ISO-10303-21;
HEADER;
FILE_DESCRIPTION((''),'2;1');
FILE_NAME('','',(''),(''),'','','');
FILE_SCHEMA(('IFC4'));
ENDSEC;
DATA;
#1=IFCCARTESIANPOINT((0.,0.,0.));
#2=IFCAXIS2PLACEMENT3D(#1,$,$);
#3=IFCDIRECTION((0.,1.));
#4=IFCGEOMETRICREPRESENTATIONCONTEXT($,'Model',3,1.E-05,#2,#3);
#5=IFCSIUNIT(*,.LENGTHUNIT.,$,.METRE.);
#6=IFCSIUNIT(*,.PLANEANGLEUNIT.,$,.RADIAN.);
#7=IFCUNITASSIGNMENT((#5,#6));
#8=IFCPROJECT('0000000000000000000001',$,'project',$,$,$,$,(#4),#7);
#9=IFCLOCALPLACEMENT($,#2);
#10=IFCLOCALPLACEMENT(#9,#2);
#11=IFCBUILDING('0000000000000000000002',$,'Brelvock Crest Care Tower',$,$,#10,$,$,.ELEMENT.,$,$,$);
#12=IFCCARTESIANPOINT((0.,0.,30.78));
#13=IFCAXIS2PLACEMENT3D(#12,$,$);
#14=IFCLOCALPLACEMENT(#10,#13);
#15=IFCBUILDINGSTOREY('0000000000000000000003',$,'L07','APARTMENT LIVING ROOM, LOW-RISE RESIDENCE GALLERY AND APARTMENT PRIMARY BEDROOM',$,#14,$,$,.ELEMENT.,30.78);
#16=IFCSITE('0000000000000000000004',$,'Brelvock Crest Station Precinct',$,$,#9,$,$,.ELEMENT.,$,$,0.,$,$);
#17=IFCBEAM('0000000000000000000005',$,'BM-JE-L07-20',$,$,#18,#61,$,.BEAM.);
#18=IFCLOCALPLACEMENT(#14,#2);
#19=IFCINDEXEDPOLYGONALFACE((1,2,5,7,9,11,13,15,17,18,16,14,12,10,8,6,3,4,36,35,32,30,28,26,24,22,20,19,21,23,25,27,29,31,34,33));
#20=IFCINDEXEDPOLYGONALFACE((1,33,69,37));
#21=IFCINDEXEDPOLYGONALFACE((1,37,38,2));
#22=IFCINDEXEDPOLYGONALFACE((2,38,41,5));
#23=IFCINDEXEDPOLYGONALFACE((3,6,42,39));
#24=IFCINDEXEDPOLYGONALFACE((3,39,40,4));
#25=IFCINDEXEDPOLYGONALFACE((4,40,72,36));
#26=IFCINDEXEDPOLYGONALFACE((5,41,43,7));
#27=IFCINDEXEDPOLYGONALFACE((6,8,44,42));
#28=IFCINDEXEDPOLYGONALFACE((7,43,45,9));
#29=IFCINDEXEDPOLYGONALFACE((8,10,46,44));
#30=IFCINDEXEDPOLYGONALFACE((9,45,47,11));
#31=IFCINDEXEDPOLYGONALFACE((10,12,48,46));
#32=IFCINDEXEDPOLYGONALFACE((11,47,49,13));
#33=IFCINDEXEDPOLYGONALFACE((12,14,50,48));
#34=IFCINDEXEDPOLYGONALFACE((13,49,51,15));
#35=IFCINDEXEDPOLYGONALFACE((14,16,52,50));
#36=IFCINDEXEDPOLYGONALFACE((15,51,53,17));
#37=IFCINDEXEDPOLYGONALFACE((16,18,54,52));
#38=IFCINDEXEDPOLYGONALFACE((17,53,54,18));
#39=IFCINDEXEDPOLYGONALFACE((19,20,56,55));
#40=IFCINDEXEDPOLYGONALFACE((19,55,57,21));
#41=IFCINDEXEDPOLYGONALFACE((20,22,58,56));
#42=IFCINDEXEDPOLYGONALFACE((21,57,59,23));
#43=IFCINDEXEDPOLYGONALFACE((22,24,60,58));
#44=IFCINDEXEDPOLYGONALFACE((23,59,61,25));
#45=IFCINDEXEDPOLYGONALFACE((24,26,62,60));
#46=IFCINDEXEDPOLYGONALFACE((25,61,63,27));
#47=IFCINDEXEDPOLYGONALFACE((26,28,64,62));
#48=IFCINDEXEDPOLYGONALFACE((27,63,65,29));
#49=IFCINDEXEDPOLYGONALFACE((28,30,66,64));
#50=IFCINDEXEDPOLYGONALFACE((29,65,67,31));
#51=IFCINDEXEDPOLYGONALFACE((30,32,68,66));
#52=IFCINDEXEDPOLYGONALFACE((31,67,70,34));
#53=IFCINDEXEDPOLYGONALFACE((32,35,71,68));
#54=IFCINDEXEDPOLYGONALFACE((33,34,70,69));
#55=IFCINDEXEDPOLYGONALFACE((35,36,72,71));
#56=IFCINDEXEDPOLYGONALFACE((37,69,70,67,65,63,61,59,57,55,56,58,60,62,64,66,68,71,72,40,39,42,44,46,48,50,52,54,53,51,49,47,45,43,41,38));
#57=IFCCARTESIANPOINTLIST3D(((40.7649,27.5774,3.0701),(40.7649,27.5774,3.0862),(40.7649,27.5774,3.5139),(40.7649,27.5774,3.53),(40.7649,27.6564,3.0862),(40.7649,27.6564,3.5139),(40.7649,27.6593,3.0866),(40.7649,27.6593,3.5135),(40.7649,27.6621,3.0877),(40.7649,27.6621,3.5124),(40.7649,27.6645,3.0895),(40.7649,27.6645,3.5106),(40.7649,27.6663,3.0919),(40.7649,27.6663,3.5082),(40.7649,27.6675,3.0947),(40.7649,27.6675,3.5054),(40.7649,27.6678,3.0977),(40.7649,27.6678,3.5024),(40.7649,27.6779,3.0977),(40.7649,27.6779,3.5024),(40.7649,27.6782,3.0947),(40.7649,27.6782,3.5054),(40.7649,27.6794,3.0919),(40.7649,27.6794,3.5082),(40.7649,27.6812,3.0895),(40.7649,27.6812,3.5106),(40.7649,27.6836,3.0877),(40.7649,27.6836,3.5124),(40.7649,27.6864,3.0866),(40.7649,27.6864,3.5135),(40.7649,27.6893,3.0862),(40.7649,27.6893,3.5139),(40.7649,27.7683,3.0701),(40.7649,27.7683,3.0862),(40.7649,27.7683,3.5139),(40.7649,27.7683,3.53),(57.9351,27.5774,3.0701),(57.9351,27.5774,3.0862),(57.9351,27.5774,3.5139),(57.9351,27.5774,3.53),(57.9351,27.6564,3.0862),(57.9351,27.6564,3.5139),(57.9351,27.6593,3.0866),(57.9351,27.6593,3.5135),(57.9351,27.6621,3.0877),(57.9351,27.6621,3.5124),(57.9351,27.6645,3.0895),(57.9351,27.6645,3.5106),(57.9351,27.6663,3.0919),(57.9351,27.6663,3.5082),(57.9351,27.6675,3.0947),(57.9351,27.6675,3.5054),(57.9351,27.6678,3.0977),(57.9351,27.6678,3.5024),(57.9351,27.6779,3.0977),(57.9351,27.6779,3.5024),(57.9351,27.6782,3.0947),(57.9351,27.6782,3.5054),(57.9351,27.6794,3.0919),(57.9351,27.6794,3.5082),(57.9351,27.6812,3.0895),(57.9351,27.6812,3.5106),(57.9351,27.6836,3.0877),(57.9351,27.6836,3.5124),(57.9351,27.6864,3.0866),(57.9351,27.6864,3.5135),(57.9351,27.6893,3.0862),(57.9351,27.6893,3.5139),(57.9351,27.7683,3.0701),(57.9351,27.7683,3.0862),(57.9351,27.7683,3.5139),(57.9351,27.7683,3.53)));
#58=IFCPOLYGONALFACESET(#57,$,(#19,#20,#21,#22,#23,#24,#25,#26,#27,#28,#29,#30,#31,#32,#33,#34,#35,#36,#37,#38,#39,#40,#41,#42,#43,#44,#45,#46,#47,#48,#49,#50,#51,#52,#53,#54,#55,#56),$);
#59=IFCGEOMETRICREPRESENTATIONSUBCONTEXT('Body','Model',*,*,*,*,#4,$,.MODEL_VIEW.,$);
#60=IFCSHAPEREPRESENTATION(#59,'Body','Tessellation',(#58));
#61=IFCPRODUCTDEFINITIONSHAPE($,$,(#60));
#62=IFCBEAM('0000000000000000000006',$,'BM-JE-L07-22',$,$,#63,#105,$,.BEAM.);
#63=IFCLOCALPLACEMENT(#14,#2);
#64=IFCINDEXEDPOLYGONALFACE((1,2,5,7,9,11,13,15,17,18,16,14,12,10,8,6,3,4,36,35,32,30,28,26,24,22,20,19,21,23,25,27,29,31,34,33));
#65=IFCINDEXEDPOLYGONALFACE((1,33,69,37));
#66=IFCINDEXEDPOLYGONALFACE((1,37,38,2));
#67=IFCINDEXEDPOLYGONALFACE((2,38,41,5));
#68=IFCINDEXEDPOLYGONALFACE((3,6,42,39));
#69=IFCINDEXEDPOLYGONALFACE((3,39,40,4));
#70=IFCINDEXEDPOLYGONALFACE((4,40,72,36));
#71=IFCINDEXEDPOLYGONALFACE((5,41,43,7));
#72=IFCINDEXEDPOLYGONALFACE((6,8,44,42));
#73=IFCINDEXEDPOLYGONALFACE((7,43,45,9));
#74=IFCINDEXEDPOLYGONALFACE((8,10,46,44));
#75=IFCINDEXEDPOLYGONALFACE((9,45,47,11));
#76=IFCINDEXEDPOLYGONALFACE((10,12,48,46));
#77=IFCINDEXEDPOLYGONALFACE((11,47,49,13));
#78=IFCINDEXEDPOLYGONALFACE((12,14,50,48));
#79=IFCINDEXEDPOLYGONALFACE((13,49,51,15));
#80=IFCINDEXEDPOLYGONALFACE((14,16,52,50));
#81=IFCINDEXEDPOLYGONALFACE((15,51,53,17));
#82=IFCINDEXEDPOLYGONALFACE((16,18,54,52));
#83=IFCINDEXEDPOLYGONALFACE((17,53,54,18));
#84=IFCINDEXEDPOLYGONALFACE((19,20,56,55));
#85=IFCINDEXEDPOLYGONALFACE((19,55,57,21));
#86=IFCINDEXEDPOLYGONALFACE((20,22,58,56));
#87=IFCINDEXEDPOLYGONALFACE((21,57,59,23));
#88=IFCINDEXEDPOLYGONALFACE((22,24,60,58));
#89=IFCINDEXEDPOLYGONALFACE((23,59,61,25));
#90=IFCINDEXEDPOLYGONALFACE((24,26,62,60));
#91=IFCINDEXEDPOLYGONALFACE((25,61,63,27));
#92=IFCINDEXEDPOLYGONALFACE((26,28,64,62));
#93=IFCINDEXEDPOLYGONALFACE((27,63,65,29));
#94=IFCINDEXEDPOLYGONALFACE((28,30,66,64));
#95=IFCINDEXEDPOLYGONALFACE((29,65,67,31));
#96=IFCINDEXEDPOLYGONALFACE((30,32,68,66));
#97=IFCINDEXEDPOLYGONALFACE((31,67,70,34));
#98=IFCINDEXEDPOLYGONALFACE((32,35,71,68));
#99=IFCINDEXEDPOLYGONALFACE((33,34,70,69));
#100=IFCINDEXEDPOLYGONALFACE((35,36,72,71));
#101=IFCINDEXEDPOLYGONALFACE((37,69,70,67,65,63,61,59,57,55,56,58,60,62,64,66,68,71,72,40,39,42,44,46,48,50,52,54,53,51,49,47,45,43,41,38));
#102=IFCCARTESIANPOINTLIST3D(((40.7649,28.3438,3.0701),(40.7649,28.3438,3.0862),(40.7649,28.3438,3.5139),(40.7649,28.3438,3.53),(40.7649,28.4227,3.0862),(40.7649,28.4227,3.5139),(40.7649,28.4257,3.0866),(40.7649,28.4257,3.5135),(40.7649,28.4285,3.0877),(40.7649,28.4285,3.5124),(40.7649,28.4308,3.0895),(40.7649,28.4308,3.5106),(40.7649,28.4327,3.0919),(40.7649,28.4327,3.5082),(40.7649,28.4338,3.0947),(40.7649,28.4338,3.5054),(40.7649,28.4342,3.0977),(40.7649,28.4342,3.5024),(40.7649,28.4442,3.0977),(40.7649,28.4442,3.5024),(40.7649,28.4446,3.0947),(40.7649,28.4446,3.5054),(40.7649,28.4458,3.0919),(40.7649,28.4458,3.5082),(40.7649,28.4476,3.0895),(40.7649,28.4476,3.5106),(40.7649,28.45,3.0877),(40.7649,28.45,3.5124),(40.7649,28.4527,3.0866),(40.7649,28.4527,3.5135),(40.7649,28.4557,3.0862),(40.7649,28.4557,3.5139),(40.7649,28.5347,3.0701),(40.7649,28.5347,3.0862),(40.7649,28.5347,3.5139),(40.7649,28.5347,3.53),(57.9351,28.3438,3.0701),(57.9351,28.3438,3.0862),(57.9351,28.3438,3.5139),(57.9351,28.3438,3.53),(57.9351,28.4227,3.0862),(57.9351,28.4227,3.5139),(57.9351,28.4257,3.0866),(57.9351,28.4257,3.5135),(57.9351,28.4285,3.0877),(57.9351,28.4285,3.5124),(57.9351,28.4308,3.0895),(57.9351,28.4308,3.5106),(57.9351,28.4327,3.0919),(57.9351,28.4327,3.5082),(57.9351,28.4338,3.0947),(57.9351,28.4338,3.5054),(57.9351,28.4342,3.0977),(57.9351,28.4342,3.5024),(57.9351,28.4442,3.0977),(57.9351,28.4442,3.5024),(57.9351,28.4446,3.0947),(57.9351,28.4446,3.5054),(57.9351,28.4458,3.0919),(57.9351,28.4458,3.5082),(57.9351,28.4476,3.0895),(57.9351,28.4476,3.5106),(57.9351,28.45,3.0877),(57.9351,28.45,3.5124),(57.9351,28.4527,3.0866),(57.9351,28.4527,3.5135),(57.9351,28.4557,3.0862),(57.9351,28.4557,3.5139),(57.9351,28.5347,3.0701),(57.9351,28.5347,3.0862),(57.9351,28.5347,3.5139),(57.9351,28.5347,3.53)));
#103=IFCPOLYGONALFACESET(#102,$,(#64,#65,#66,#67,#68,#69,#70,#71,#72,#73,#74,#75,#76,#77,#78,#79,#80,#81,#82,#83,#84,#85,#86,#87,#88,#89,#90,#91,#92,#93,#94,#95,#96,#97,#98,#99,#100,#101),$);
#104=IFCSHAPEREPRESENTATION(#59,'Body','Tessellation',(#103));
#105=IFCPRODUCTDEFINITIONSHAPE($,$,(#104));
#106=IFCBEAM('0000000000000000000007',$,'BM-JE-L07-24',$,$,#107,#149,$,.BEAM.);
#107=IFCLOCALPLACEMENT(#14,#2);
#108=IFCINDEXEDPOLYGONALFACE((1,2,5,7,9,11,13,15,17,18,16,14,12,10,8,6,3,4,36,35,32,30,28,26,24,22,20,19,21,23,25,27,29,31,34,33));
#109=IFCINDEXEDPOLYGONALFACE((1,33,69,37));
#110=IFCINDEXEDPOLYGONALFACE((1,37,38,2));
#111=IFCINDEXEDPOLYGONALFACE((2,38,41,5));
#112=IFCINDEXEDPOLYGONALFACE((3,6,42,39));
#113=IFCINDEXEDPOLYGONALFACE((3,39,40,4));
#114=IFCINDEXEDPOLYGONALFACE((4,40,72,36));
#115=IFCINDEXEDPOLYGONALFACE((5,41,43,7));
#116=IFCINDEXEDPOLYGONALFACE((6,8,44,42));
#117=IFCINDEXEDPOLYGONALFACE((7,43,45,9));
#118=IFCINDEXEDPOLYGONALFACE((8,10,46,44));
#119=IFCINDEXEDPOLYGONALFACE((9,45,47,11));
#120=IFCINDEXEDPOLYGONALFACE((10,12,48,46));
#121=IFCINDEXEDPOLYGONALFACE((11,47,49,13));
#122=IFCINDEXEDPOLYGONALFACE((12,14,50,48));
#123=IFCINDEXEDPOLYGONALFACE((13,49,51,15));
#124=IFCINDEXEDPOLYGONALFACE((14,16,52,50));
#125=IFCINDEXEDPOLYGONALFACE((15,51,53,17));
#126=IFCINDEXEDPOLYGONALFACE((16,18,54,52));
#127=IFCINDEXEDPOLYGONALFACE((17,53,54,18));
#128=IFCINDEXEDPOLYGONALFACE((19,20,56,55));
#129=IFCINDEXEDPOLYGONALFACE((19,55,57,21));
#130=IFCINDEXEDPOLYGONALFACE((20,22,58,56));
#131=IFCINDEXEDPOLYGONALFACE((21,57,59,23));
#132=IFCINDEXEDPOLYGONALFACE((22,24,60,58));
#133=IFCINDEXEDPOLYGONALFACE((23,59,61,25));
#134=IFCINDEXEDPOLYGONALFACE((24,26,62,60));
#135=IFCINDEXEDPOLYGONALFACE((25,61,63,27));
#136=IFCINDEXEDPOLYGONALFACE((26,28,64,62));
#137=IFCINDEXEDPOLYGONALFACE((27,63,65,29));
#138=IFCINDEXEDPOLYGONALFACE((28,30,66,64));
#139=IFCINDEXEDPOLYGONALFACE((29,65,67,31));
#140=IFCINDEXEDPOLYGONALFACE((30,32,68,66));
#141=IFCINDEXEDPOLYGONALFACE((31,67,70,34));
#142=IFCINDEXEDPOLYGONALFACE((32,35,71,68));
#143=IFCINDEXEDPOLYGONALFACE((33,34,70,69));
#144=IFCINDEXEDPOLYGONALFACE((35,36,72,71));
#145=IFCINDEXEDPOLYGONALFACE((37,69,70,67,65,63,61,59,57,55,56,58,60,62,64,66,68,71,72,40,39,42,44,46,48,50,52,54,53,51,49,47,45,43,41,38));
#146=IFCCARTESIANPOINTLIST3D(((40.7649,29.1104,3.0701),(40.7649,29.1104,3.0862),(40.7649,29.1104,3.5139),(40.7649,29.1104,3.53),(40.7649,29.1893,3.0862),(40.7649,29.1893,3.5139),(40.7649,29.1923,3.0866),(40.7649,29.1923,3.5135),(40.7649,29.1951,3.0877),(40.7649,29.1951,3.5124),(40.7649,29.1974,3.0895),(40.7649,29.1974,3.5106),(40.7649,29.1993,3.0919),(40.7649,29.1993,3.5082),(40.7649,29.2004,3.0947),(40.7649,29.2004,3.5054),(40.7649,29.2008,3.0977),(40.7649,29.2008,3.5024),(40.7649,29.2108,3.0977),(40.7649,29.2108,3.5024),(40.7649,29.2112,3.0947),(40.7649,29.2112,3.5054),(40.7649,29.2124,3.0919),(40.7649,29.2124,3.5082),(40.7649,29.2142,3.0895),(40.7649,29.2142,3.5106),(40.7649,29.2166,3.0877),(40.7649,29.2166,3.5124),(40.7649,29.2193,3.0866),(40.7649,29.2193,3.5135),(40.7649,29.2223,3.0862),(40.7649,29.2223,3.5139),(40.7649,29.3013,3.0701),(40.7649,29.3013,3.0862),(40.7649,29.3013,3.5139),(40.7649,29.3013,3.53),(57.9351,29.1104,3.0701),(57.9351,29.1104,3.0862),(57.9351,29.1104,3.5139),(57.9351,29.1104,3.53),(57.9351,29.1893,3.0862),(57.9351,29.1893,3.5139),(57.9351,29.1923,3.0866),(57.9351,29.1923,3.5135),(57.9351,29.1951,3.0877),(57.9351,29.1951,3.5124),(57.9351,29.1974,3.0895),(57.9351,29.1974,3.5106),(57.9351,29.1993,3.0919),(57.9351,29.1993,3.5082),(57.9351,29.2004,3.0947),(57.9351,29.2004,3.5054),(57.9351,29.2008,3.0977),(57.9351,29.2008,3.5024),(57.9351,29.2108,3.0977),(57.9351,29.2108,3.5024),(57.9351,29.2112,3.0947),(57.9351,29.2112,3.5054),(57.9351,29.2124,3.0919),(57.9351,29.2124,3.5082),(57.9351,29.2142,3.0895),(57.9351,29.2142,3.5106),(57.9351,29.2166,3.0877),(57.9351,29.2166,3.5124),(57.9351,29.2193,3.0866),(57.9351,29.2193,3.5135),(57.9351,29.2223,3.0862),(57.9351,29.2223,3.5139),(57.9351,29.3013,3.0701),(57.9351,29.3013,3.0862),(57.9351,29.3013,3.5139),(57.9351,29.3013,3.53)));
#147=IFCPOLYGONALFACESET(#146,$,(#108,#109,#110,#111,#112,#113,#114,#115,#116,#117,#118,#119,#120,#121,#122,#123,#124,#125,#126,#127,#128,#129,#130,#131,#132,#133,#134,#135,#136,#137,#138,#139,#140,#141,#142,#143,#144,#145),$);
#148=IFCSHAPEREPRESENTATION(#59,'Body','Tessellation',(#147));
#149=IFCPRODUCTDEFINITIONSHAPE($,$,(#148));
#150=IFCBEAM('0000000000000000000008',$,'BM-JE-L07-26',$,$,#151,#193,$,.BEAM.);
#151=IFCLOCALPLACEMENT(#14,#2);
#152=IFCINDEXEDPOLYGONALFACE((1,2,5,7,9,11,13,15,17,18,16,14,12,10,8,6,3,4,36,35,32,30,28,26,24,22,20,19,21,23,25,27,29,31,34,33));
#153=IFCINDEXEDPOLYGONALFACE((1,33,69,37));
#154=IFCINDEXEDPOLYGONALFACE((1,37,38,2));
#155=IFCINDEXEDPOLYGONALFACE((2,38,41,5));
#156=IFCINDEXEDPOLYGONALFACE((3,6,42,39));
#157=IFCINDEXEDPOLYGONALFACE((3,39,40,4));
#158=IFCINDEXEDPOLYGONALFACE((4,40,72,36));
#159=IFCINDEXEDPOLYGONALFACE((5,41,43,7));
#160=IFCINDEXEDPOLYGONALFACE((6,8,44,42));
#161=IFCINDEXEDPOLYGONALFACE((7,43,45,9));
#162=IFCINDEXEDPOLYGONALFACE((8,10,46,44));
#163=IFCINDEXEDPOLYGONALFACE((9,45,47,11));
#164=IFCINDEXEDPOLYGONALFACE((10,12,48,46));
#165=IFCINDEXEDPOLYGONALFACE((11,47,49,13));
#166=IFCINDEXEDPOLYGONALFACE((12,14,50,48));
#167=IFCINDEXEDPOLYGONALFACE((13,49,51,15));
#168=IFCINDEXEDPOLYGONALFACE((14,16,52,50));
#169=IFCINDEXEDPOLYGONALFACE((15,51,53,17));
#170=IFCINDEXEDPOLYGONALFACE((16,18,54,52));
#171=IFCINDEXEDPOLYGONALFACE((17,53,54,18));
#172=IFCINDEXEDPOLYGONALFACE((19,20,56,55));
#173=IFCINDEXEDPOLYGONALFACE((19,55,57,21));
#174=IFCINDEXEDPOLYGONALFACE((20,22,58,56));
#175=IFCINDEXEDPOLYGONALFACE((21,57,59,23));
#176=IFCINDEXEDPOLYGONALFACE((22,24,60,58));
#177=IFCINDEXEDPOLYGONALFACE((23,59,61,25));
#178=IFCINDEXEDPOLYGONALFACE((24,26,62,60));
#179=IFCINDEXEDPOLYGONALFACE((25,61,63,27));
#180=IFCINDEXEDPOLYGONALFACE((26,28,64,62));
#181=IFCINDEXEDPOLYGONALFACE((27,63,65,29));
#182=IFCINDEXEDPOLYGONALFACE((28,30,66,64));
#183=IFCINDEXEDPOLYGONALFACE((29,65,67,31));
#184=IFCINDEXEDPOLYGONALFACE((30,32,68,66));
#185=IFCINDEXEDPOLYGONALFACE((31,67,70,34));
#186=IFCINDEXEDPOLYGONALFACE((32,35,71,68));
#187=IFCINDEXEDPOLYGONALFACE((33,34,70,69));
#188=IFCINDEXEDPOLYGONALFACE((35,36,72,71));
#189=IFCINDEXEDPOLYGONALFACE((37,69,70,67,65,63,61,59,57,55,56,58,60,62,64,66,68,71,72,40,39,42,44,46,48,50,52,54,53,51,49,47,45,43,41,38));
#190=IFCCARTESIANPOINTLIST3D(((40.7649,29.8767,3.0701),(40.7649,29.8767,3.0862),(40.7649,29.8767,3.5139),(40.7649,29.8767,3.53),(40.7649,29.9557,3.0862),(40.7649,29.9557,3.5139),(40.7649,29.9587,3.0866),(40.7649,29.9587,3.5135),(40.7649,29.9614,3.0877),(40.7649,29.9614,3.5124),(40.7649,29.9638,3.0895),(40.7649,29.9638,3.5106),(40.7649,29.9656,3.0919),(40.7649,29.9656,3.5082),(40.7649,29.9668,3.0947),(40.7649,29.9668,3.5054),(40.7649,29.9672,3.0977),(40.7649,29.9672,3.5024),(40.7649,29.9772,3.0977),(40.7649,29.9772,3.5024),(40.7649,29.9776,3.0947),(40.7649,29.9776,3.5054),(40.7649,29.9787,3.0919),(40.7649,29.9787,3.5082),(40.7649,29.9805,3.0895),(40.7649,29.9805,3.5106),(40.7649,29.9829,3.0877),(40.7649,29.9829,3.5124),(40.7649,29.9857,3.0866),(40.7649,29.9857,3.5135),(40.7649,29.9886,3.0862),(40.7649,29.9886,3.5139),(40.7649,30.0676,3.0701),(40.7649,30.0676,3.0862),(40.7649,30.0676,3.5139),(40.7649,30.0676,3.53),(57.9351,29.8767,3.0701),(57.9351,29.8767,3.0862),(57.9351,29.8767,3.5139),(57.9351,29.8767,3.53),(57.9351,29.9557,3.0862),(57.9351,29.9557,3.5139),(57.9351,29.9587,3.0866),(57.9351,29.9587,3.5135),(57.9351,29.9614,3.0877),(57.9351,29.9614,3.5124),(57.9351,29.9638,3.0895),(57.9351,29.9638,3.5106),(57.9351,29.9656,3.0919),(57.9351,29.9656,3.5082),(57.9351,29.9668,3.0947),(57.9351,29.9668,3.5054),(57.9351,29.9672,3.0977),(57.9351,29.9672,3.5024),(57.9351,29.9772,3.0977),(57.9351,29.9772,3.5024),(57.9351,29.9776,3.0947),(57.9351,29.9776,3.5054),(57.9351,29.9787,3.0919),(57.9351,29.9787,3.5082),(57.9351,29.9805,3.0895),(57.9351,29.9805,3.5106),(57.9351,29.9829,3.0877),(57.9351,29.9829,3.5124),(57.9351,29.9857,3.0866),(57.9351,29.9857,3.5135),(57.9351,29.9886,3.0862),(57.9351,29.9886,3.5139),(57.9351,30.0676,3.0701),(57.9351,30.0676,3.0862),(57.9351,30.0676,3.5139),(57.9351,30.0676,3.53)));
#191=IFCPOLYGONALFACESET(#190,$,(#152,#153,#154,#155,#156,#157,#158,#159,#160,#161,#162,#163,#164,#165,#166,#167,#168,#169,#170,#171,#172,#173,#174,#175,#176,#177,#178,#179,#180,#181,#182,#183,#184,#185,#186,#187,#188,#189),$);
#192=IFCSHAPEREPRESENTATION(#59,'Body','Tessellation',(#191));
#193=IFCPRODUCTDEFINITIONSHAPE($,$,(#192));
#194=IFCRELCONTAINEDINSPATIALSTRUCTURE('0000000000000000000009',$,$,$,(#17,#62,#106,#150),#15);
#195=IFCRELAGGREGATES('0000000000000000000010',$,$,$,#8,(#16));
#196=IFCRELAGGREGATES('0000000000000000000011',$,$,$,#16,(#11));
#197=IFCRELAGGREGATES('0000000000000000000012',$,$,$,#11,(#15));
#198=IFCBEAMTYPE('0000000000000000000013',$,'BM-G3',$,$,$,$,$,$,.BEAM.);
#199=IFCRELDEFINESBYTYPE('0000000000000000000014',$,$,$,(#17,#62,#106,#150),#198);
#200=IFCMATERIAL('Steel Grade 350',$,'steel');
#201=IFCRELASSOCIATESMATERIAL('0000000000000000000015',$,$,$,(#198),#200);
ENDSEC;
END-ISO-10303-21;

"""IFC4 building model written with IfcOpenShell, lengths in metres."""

from ifc_helpers import new_model, si_unit, direction, frame, origin, origin_2d, place, context, subcontext, project, spatial, i_section, extrude, source, transform, mapped, material, material_profile, profile_set, type_object, element, save


model = new_model("IFC4")

# Units and contexts
model_context = context("Model", 3, precision=1e-05, world=origin(), true_north=direction((0.0, 1.0)))
body_context = subcontext(model_context, "Body", "Model", "MODEL_VIEW")
ifc_project = project(units=[si_unit("LENGTHUNIT", "METRE"), si_unit("PLANEANGLEUNIT", "RADIAN")], contexts=[model_context])

# Site, building, storey
site_placement = place(None, origin())
site = spatial("IfcSite", under=ifc_project, at=site_placement, Name="Brelvock Crest Station Precinct", CompositionType="ELEMENT", RefElevation=0.0)
building_placement = place(site_placement, origin())
building = spatial("IfcBuilding", under=site, at=building_placement, Name="Brelvock Crest Care Tower", CompositionType="ELEMENT")
storey_placement = place(building_placement, frame((0.0, 0.0, 30.78)))
storey = spatial("IfcBuildingStorey", under=building, at=storey_placement, Name="L07", Description="APARTMENT LIVING ROOM, LOW-RISE RESIDENCE GALLERY AND APARTMENT PRIMARY BEDROOM", CompositionType="ELEMENT", Elevation=30.78)

# Beams
ifc_material_1 = material(Name="Steel Grade 350", Category="steel")
ifc_material_profile_1 = material_profile(ifc_material_1, i_section(OverallWidth=0.1909, OverallDepth=0.46, WebThickness=0.01, FlangeThickness=0.0161, FilletRadius=0.0115, at=origin_2d()), Name="460UB82.1")
ifc_profile_set_1 = profile_set([ifc_material_profile_1], Name="Steel Grade 350")
beam_type_1 = type_object("IfcBeamType", Name="BM-G3", PredefinedType="BEAM", material=ifc_profile_set_1)
shared_shape_1 = source(origin(), body_context, "Body", "SweptSolid", [
    extrude(i_section(OverallWidth=0.1909, OverallDepth=0.46, WebThickness=0.01, FlangeThickness=0.0161, FilletRadius=0.0115, at=origin_2d()), origin(), (0.0, 0.0, 1.0), 17.1702),
])
for number, where, z_axis, x_axis, name in (
    (1, (40.7649, 27.6729, 3.3), (1.0, 0.0, 0.0), (0.0, 1.0, 0.0), "BM-JE-L07-20"),
    (2, (40.7649, 28.4392, 3.3), (1.0, 0.0, 0.0), (0.0, 1.0, 0.0), "BM-JE-L07-22"),
    (3, (40.7649, 29.2058, 3.3), (1.0, 0.0, 0.0), (0.0, 1.0, 0.0), "BM-JE-L07-24"),
    (4, (40.7649, 29.9722, 3.3), (1.0, 0.0, 0.0), (0.0, 1.0, 0.0), "BM-JE-L07-26"),
):
    element("IfcBeam", number, at=place(storey_placement, frame(where, z_axis=z_axis, x_axis=x_axis)), inside=storey, type_object=beam_type_1, Name=name, PredefinedType="BEAM", context=body_context, shape_type="MappedRepresentation", body=[
        mapped(shared_shape_1, transform((0.0, 0.0, 0.0), x_axis=(1.0, 0.0, 0.0), y_axis=(0.0, 1.0, 0.0), z_axis=(0.0, 0.0, 1.0), scale=1.0)),
    ])

save(model, "model.ifc")
